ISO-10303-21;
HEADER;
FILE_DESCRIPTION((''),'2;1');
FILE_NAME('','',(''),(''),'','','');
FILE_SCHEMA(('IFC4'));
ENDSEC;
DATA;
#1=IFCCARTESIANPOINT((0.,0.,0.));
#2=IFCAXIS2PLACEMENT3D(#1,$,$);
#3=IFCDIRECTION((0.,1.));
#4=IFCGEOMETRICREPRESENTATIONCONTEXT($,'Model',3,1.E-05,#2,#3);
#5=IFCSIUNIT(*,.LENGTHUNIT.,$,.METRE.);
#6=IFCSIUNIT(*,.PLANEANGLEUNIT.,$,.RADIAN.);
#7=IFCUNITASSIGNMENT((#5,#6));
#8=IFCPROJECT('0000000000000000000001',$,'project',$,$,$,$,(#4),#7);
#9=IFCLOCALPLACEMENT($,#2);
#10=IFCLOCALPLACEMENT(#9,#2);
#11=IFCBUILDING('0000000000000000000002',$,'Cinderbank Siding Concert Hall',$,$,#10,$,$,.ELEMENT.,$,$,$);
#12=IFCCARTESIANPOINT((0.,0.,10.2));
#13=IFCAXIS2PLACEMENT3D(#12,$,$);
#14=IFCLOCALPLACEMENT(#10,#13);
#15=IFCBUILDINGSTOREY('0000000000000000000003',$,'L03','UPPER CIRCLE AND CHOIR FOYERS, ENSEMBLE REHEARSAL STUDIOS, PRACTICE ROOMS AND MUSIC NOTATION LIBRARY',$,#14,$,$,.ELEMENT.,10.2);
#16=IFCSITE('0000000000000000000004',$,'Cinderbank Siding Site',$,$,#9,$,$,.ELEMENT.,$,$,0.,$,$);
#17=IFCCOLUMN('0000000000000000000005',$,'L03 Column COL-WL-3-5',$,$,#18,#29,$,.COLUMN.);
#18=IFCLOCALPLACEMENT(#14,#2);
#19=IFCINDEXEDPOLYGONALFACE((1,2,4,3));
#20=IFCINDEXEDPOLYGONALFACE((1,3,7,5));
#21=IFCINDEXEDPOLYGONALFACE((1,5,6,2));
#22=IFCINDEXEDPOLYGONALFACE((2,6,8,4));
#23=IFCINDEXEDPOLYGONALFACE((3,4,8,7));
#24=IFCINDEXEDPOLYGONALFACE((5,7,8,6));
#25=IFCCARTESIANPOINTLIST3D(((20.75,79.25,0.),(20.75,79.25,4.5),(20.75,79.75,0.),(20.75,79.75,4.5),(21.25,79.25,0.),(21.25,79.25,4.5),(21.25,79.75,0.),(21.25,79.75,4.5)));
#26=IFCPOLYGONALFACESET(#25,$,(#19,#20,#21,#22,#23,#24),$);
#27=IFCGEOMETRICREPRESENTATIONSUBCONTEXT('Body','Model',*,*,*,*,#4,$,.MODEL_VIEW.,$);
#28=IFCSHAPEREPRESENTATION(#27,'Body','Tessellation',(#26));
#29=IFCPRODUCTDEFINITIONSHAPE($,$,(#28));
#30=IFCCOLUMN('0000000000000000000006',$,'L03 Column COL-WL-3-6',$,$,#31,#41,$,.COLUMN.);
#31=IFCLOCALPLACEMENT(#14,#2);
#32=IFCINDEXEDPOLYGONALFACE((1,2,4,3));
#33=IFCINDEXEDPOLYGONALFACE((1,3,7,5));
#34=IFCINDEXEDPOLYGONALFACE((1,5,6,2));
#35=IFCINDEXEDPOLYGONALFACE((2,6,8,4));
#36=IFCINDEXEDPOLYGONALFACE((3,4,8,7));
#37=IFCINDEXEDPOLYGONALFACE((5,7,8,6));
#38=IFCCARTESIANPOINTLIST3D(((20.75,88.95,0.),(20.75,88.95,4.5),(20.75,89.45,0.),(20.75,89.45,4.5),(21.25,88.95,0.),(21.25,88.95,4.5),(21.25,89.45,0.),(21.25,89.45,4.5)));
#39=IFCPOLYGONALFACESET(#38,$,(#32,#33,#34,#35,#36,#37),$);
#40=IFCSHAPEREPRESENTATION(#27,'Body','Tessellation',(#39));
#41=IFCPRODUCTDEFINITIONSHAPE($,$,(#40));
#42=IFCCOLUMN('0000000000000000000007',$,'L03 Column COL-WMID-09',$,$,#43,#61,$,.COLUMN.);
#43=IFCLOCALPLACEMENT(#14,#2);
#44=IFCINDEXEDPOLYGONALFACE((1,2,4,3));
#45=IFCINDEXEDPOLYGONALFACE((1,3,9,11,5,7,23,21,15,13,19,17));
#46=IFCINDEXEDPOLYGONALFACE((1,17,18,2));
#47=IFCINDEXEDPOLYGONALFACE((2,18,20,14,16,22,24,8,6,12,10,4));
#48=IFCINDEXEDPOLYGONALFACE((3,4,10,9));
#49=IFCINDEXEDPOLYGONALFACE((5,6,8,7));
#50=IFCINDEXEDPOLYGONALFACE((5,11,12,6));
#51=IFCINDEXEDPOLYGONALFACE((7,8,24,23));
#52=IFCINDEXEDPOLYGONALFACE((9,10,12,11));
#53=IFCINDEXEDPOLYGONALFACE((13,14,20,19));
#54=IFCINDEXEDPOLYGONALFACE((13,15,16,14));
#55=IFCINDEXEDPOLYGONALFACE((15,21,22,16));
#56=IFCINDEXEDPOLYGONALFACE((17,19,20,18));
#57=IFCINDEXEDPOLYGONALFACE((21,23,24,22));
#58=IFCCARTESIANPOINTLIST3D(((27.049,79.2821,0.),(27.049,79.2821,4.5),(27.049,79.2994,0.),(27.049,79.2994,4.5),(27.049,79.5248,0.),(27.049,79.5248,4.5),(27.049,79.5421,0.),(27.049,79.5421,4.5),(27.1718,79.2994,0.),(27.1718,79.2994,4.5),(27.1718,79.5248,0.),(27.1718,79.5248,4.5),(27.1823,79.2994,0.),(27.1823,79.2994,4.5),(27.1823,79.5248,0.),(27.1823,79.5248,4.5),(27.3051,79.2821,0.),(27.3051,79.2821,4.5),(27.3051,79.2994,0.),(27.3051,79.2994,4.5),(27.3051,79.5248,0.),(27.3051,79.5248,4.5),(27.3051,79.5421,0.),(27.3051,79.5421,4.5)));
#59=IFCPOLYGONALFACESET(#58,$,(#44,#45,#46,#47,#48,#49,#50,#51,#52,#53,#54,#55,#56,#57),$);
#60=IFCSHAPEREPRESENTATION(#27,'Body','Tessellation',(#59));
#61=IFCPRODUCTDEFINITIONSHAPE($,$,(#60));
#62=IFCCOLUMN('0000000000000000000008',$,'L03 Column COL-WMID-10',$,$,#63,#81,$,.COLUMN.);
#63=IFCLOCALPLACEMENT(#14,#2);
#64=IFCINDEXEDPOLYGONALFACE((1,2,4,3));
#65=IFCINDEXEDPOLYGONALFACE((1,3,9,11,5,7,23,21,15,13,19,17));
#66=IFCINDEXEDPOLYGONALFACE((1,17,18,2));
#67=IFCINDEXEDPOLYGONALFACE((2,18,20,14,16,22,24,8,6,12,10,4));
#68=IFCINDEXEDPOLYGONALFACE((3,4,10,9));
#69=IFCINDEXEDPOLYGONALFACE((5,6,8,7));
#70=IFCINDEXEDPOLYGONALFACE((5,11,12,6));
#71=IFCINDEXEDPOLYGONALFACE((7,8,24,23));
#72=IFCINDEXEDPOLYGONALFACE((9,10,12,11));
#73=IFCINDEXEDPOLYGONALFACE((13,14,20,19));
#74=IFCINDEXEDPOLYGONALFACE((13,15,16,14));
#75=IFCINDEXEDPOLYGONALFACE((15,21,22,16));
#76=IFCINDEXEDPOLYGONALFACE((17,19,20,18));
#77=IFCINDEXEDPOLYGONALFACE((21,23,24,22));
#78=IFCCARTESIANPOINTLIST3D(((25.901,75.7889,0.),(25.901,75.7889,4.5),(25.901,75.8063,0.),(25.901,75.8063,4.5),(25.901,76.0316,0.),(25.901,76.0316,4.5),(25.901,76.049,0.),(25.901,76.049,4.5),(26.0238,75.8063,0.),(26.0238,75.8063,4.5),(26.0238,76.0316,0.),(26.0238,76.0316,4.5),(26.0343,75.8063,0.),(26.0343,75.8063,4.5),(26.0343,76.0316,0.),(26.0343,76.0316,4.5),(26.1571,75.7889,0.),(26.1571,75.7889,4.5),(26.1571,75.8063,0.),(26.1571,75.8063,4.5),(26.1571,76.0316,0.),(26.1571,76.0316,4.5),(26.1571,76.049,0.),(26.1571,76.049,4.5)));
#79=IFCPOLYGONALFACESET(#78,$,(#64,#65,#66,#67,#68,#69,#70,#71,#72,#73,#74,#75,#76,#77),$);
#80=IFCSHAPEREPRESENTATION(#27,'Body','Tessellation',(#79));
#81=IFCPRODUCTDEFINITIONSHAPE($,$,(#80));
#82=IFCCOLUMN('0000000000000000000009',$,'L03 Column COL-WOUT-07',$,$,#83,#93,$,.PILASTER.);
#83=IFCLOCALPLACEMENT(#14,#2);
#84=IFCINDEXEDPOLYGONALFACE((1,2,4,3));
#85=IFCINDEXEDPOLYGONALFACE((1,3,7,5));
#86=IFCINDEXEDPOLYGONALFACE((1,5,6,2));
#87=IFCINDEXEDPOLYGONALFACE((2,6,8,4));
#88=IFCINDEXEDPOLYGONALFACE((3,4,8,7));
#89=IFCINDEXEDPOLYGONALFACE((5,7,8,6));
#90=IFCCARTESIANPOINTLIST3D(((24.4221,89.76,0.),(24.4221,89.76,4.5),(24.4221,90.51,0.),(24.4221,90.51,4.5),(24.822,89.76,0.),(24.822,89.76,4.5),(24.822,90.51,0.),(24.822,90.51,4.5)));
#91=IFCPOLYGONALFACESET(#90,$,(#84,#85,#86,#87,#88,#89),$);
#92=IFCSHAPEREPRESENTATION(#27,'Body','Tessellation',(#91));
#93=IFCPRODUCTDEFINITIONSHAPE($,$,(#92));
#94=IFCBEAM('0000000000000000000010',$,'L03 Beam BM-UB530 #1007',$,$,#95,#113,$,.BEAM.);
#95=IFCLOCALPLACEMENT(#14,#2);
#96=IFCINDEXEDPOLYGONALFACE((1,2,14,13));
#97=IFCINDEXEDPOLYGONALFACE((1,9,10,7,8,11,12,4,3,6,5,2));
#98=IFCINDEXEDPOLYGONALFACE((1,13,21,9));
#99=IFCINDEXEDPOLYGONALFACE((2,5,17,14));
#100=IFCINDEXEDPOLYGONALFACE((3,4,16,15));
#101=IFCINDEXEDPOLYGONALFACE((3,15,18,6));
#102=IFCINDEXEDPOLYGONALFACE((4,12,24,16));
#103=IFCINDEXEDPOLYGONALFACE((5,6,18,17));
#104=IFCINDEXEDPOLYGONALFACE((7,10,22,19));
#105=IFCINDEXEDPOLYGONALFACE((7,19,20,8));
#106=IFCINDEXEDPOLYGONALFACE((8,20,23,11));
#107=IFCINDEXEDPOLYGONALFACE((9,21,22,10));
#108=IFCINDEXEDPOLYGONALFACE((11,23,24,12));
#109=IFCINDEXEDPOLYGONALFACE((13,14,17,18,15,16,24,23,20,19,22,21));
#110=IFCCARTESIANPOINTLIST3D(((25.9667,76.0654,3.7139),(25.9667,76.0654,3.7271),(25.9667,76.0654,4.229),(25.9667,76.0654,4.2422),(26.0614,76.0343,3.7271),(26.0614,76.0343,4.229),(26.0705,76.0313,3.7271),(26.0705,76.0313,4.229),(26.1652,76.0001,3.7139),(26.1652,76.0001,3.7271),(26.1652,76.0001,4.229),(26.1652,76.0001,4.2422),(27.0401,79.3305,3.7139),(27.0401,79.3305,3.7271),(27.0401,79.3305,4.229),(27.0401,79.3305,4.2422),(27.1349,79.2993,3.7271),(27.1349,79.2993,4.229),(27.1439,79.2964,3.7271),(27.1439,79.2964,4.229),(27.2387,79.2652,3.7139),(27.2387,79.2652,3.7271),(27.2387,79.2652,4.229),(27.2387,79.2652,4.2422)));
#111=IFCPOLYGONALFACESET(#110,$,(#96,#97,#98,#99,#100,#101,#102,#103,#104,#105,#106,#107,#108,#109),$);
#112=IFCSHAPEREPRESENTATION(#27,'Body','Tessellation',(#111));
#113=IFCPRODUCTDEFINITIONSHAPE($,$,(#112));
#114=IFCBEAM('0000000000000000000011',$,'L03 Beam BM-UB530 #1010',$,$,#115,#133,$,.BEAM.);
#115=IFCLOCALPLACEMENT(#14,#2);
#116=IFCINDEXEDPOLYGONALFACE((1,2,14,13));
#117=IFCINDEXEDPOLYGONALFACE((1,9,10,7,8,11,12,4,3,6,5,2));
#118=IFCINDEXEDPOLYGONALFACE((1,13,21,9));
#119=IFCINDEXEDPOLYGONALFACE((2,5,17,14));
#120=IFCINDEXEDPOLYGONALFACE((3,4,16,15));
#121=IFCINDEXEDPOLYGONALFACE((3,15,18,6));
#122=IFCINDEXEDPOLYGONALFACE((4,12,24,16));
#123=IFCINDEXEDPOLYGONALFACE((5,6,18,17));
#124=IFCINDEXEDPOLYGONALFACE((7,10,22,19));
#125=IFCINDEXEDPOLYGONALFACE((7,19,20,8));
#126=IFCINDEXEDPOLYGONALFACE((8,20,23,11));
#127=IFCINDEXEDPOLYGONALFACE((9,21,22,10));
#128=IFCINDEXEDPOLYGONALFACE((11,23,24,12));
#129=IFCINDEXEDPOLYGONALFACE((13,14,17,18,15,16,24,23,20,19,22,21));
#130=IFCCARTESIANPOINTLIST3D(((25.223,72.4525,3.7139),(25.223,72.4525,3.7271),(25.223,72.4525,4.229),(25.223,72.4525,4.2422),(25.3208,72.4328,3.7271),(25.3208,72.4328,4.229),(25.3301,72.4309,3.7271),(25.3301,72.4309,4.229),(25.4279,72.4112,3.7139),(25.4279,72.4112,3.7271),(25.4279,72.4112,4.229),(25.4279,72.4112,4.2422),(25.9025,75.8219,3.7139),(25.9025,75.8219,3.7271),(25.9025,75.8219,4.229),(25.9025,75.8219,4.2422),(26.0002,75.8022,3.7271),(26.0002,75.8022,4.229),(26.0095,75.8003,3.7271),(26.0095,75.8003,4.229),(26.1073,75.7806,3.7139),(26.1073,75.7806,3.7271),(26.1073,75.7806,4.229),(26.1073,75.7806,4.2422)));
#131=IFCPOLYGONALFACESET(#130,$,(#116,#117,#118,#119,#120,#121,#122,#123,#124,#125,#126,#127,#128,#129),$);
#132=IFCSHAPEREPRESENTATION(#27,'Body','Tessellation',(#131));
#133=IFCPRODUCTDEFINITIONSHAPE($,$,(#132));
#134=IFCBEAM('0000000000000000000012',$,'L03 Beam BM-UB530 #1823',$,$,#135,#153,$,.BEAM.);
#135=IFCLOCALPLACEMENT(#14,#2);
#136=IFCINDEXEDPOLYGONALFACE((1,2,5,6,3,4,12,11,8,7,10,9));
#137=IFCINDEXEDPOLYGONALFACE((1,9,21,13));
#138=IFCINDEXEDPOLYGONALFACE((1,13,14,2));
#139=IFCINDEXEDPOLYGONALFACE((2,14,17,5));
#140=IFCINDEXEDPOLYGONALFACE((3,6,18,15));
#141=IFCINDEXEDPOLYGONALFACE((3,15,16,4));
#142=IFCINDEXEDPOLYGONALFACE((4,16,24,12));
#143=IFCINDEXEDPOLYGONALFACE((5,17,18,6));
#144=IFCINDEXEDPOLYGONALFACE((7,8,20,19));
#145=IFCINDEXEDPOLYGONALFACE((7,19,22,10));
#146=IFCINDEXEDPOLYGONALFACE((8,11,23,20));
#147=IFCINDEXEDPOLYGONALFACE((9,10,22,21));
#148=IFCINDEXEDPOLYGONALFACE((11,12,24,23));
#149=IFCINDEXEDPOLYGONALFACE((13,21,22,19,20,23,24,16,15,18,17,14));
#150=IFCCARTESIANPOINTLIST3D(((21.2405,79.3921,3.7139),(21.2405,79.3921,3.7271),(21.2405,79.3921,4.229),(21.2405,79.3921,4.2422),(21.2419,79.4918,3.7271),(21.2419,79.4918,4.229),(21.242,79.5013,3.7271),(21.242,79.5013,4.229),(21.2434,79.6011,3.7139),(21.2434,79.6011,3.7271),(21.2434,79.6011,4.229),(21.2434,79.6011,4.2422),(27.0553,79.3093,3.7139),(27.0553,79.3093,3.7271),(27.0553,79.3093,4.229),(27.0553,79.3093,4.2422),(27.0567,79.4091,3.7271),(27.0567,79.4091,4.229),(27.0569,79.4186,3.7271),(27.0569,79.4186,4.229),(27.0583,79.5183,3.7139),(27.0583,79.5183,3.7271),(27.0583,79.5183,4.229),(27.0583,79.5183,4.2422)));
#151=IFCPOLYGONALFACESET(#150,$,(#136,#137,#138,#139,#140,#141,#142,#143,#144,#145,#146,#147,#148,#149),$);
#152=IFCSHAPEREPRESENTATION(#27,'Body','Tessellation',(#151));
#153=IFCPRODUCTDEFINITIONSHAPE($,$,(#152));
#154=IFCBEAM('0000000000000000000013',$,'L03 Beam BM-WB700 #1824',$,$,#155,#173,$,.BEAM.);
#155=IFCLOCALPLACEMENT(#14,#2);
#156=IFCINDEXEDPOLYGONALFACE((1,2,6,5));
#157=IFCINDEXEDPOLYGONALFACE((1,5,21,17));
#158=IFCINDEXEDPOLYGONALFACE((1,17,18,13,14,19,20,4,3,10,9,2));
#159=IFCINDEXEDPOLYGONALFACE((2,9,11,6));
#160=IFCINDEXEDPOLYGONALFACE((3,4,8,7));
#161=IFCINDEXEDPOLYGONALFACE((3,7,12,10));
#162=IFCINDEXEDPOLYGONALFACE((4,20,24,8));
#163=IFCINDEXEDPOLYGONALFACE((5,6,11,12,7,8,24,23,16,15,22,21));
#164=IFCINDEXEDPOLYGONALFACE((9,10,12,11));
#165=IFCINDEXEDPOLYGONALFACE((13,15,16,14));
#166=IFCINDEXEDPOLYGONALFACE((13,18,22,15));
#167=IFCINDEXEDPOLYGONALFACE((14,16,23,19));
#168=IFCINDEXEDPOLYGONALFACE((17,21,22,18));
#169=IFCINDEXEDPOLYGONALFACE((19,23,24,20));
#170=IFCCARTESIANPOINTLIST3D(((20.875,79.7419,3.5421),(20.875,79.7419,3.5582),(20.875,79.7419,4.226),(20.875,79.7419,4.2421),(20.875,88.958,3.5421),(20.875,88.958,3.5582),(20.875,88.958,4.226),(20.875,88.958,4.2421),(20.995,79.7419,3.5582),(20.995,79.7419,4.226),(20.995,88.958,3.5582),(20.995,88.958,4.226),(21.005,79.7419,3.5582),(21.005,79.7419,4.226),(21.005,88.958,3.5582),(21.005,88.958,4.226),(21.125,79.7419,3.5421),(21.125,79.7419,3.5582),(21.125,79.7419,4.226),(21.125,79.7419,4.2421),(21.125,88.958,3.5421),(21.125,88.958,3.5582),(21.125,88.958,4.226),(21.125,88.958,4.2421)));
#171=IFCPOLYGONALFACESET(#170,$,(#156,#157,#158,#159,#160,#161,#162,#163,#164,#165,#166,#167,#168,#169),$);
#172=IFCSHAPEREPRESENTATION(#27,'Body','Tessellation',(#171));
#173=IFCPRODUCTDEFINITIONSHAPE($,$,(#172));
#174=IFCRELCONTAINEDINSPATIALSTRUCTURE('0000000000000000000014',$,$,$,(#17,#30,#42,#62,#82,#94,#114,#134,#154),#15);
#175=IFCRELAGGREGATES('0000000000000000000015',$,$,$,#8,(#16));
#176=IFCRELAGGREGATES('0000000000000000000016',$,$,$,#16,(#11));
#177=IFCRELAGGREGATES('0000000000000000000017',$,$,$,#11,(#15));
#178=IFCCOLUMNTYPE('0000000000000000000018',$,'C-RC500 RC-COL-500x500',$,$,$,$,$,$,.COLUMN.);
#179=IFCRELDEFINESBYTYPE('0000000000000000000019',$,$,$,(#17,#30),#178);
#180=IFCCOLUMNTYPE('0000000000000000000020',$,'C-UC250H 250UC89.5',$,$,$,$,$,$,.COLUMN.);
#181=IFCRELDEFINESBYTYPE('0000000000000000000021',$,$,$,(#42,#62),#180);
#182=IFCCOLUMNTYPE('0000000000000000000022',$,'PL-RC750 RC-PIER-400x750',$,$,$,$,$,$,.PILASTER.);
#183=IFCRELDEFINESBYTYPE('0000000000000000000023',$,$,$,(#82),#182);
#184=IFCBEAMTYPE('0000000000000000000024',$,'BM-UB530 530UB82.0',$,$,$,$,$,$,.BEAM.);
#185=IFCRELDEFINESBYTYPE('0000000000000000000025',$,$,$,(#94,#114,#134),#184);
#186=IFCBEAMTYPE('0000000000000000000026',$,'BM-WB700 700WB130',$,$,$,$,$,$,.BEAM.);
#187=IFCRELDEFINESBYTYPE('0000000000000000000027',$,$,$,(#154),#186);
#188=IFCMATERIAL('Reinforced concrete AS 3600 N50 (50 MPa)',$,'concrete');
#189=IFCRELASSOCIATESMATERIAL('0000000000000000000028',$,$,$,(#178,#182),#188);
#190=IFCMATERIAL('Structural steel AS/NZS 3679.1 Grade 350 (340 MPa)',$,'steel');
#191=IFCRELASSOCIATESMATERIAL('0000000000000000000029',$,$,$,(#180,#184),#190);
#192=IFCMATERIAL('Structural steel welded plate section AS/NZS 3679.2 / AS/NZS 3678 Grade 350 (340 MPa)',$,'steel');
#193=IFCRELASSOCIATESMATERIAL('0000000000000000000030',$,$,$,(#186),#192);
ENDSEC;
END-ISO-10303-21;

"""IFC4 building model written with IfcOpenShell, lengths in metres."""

from ifc_helpers import new_model, si_unit, direction, frame, origin, origin_2d, place, context, subcontext, project, spatial, rectangle, i_section, extrude, material, material_profile, profile_set, type_object, element, save


model = new_model("IFC4")

# Units and contexts
model_context = context("Model", 3, precision=1e-05, world=origin(), true_north=direction((0.0, 1.0)))
body_context = subcontext(model_context, "Body", "Model", "MODEL_VIEW")
ifc_project = project(units=[si_unit("LENGTHUNIT", "METRE"), si_unit("PLANEANGLEUNIT", "RADIAN")], contexts=[model_context])

# Site, building, storey
site_placement = place(None, origin())
site = spatial("IfcSite", under=ifc_project, at=site_placement, Name="Cinderbank Siding Site", CompositionType="ELEMENT", RefElevation=0.0)
building_placement = place(site_placement, origin())
building = spatial("IfcBuilding", under=site, at=building_placement, Name="Cinderbank Siding Concert Hall", CompositionType="ELEMENT")
storey_placement = place(building_placement, frame((0.0, 0.0, 10.2)))
storey = spatial("IfcBuildingStorey", under=building, at=storey_placement, Name="L03", Description="UPPER CIRCLE AND CHOIR FOYERS, ENSEMBLE REHEARSAL STUDIOS, PRACTICE ROOMS AND MUSIC NOTATION LIBRARY", CompositionType="ELEMENT", Elevation=10.2)

# Columns
ifc_material_1 = material(Name="Reinforced concrete AS 3600 N50 (50 MPa)", Category="concrete")
ifc_material_profile_1 = material_profile(ifc_material_1, rectangle(XDim=0.5, YDim=0.5, at=origin_2d()), Name="RC-COL-500x500", Category="LoadBearing")
ifc_profile_set_1 = profile_set([ifc_material_profile_1], Name="Reinforced concrete AS 3600 N50 (50 MPa)")
column_type_1 = type_object("IfcColumnType", Name="C-RC500 RC-COL-500x500", PredefinedType="COLUMN", material=ifc_profile_set_1)
for number, where, z_axis, x_axis, name in (
    (1, (21.0, 79.5, 0.0), (0.0, 0.0, 1.0), (1.0, 0.0, 0.0), "L03 Column COL-WL-3-5"),
    (2, (21.0, 89.2, 0.0), (0.0, 0.0, 1.0), (1.0, 0.0, 0.0), "L03 Column COL-WL-3-6"),
):
    element("IfcColumn", number, at=place(storey_placement, frame(where, z_axis=z_axis, x_axis=x_axis)), inside=storey, type_object=column_type_1, Name=name, PredefinedType="COLUMN", context=body_context, shape_type="SweptSolid", body=[
        extrude(rectangle(XDim=0.5, YDim=0.5, at=origin_2d()), origin(), (0.0, 0.0, 1.0), 4.5),
    ])
ifc_material_2 = material(Name="Structural steel AS/NZS 3679.1 Grade 350 (340 MPa)", Category="steel")
ifc_material_profile_2 = material_profile(ifc_material_2, i_section(OverallWidth=0.2561, OverallDepth=0.26, WebThickness=0.0105, FlangeThickness=0.0173, at=origin_2d()), Name="250UC89.5", Category="LoadBearing")
ifc_profile_set_2 = profile_set([ifc_material_profile_2], Name="Structural steel AS/NZS 3679.1 Grade 350 (340 MPa)")
column_type_2 = type_object("IfcColumnType", Name="C-UC250H 250UC89.5", PredefinedType="COLUMN", material=ifc_profile_set_2)
for number, where, z_axis, x_axis, name in (
    (3, (27.177, 79.4121, 0.0), (0.0, 0.0, 1.0), (1.0, 0.0, 0.0), "L03 Column COL-WMID-09"),
    (4, (26.0291, 75.9189, 0.0), (0.0, 0.0, 1.0), (1.0, 0.0, 0.0), "L03 Column COL-WMID-10"),
):
    element("IfcColumn", number, at=place(storey_placement, frame(where, z_axis=z_axis, x_axis=x_axis)), inside=storey, type_object=column_type_2, Name=name, PredefinedType="COLUMN", context=body_context, shape_type="SweptSolid", body=[
        extrude(i_section(OverallWidth=0.2561, OverallDepth=0.26, WebThickness=0.0105, FlangeThickness=0.0173, at=origin_2d()), origin(), (0.0, 0.0, 1.0), 4.5),
    ])
ifc_material_profile_3 = material_profile(ifc_material_1, rectangle(XDim=0.3999, YDim=0.75, at=origin_2d()), Name="RC-PIER-400x750", Category="LoadBearing")
ifc_profile_set_3 = profile_set([ifc_material_profile_3], Name="Reinforced concrete AS 3600 N50 (50 MPa)")
column_type_3 = type_object("IfcColumnType", Name="PL-RC750 RC-PIER-400x750", PredefinedType="PILASTER", material=ifc_profile_set_3)
column_placement = place(storey_placement, frame((24.6221, 90.135, 0.0), z_axis=(0.0, 0.0, 1.0), x_axis=(1.0, 0.0, 0.0)))
element("IfcColumn", 5, at=column_placement, inside=storey, type_object=column_type_3, Name="L03 Column COL-WOUT-07", PredefinedType="PILASTER", context=body_context, shape_type="SweptSolid", body=[
    extrude(rectangle(XDim=0.3999, YDim=0.75, at=origin_2d()), origin(), (0.0, 0.0, 1.0), 4.5),
])

# Beams
ifc_material_profile_4 = material_profile(ifc_material_2, i_section(OverallWidth=0.209, OverallDepth=0.5283, WebThickness=0.0095, FlangeThickness=0.0132, at=origin_2d()), Name="530UB82.0", Category="LoadBearing")
ifc_profile_set_4 = profile_set([ifc_material_profile_4], Name="Structural steel AS/NZS 3679.1 Grade 350 (340 MPa)")
beam_type_1 = type_object("IfcBeamType", Name="BM-UB530 530UB82.0", PredefinedType="BEAM", material=ifc_profile_set_4)
beam_1_placement = place(storey_placement, frame((27.1394, 79.2979, 3.978), z_axis=(-0.312325, -0.949975, 0.0), x_axis=(0.949975, -0.312325, 0.0)))
element("IfcBeam", 6, at=beam_1_placement, inside=storey, type_object=beam_type_1, Name="L03 Beam BM-UB530 #1007", PredefinedType="BEAM", context=body_context, shape_type="SweptSolid", body=[
    extrude(i_section(OverallWidth=0.209, OverallDepth=0.5283, WebThickness=0.0095, FlangeThickness=0.0132, at=origin_2d()), origin(), (0.0, 0.0, 1.0), 3.437),
])
beam_2_placement = place(storey_placement, frame((26.0049, 75.8013, 3.978), z_axis=(-0.197673, -0.980268, 0.0), x_axis=(0.980268, -0.197673, 0.0)))
element("IfcBeam", 7, at=beam_2_placement, inside=storey, type_object=beam_type_1, Name="L03 Beam BM-UB530 #1010", PredefinedType="BEAM", context=body_context, shape_type="SweptSolid", body=[
    extrude(i_section(OverallWidth=0.209, OverallDepth=0.5283, WebThickness=0.0095, FlangeThickness=0.0132, at=origin_2d()), origin(), (0.0, 0.0, 1.0), 3.4373),
])
beam_3_placement = place(storey_placement, frame((21.2419, 79.4966, 3.978), z_axis=(0.999899, -0.014231, 0.0), x_axis=(0.014231, 0.999899, 0.0)))
element("IfcBeam", 8, at=beam_3_placement, inside=storey, type_object=beam_type_1, Name="L03 Beam BM-UB530 #1823", PredefinedType="BEAM", context=body_context, shape_type="SweptSolid", body=[
    extrude(i_section(OverallWidth=0.209, OverallDepth=0.5283, WebThickness=0.0095, FlangeThickness=0.0132, at=origin_2d()), origin(), (0.0, 0.0, 1.0), 5.8154),
])
ifc_material_3 = material(Name="Structural steel welded plate section AS/NZS 3679.2 / AS/NZS 3678 Grade 350 (340 MPa)", Category="steel")
ifc_material_profile_5 = material_profile(ifc_material_3, i_section(OverallWidth=0.25, OverallDepth=0.7, WebThickness=0.01, FlangeThickness=0.0161, at=origin_2d()), Name="700WB130", Category="LoadBearing")
ifc_profile_set_5 = profile_set([ifc_material_profile_5], Name="Structural steel welded plate section AS/NZS 3679.2 / AS/NZS 3678 Grade 350 (340 MPa)")
beam_type_2 = type_object("IfcBeamType", Name="BM-WB700 700WB130", PredefinedType="BEAM", material=ifc_profile_set_5)
beam_4_placement = place(storey_placement, frame((21.0, 79.7419, 3.8921), z_axis=(0.0, 1.0, 0.0), x_axis=(-1.0, 0.0, 0.0)))
element("IfcBeam", 9, at=beam_4_placement, inside=storey, type_object=beam_type_2, Name="L03 Beam BM-WB700 #1824", PredefinedType="BEAM", context=body_context, shape_type="SweptSolid", body=[
    extrude(i_section(OverallWidth=0.25, OverallDepth=0.7, WebThickness=0.01, FlangeThickness=0.0161, at=origin_2d()), origin(), (0.0, 0.0, 1.0), 9.2161),
])

save(model, "model.ifc")
